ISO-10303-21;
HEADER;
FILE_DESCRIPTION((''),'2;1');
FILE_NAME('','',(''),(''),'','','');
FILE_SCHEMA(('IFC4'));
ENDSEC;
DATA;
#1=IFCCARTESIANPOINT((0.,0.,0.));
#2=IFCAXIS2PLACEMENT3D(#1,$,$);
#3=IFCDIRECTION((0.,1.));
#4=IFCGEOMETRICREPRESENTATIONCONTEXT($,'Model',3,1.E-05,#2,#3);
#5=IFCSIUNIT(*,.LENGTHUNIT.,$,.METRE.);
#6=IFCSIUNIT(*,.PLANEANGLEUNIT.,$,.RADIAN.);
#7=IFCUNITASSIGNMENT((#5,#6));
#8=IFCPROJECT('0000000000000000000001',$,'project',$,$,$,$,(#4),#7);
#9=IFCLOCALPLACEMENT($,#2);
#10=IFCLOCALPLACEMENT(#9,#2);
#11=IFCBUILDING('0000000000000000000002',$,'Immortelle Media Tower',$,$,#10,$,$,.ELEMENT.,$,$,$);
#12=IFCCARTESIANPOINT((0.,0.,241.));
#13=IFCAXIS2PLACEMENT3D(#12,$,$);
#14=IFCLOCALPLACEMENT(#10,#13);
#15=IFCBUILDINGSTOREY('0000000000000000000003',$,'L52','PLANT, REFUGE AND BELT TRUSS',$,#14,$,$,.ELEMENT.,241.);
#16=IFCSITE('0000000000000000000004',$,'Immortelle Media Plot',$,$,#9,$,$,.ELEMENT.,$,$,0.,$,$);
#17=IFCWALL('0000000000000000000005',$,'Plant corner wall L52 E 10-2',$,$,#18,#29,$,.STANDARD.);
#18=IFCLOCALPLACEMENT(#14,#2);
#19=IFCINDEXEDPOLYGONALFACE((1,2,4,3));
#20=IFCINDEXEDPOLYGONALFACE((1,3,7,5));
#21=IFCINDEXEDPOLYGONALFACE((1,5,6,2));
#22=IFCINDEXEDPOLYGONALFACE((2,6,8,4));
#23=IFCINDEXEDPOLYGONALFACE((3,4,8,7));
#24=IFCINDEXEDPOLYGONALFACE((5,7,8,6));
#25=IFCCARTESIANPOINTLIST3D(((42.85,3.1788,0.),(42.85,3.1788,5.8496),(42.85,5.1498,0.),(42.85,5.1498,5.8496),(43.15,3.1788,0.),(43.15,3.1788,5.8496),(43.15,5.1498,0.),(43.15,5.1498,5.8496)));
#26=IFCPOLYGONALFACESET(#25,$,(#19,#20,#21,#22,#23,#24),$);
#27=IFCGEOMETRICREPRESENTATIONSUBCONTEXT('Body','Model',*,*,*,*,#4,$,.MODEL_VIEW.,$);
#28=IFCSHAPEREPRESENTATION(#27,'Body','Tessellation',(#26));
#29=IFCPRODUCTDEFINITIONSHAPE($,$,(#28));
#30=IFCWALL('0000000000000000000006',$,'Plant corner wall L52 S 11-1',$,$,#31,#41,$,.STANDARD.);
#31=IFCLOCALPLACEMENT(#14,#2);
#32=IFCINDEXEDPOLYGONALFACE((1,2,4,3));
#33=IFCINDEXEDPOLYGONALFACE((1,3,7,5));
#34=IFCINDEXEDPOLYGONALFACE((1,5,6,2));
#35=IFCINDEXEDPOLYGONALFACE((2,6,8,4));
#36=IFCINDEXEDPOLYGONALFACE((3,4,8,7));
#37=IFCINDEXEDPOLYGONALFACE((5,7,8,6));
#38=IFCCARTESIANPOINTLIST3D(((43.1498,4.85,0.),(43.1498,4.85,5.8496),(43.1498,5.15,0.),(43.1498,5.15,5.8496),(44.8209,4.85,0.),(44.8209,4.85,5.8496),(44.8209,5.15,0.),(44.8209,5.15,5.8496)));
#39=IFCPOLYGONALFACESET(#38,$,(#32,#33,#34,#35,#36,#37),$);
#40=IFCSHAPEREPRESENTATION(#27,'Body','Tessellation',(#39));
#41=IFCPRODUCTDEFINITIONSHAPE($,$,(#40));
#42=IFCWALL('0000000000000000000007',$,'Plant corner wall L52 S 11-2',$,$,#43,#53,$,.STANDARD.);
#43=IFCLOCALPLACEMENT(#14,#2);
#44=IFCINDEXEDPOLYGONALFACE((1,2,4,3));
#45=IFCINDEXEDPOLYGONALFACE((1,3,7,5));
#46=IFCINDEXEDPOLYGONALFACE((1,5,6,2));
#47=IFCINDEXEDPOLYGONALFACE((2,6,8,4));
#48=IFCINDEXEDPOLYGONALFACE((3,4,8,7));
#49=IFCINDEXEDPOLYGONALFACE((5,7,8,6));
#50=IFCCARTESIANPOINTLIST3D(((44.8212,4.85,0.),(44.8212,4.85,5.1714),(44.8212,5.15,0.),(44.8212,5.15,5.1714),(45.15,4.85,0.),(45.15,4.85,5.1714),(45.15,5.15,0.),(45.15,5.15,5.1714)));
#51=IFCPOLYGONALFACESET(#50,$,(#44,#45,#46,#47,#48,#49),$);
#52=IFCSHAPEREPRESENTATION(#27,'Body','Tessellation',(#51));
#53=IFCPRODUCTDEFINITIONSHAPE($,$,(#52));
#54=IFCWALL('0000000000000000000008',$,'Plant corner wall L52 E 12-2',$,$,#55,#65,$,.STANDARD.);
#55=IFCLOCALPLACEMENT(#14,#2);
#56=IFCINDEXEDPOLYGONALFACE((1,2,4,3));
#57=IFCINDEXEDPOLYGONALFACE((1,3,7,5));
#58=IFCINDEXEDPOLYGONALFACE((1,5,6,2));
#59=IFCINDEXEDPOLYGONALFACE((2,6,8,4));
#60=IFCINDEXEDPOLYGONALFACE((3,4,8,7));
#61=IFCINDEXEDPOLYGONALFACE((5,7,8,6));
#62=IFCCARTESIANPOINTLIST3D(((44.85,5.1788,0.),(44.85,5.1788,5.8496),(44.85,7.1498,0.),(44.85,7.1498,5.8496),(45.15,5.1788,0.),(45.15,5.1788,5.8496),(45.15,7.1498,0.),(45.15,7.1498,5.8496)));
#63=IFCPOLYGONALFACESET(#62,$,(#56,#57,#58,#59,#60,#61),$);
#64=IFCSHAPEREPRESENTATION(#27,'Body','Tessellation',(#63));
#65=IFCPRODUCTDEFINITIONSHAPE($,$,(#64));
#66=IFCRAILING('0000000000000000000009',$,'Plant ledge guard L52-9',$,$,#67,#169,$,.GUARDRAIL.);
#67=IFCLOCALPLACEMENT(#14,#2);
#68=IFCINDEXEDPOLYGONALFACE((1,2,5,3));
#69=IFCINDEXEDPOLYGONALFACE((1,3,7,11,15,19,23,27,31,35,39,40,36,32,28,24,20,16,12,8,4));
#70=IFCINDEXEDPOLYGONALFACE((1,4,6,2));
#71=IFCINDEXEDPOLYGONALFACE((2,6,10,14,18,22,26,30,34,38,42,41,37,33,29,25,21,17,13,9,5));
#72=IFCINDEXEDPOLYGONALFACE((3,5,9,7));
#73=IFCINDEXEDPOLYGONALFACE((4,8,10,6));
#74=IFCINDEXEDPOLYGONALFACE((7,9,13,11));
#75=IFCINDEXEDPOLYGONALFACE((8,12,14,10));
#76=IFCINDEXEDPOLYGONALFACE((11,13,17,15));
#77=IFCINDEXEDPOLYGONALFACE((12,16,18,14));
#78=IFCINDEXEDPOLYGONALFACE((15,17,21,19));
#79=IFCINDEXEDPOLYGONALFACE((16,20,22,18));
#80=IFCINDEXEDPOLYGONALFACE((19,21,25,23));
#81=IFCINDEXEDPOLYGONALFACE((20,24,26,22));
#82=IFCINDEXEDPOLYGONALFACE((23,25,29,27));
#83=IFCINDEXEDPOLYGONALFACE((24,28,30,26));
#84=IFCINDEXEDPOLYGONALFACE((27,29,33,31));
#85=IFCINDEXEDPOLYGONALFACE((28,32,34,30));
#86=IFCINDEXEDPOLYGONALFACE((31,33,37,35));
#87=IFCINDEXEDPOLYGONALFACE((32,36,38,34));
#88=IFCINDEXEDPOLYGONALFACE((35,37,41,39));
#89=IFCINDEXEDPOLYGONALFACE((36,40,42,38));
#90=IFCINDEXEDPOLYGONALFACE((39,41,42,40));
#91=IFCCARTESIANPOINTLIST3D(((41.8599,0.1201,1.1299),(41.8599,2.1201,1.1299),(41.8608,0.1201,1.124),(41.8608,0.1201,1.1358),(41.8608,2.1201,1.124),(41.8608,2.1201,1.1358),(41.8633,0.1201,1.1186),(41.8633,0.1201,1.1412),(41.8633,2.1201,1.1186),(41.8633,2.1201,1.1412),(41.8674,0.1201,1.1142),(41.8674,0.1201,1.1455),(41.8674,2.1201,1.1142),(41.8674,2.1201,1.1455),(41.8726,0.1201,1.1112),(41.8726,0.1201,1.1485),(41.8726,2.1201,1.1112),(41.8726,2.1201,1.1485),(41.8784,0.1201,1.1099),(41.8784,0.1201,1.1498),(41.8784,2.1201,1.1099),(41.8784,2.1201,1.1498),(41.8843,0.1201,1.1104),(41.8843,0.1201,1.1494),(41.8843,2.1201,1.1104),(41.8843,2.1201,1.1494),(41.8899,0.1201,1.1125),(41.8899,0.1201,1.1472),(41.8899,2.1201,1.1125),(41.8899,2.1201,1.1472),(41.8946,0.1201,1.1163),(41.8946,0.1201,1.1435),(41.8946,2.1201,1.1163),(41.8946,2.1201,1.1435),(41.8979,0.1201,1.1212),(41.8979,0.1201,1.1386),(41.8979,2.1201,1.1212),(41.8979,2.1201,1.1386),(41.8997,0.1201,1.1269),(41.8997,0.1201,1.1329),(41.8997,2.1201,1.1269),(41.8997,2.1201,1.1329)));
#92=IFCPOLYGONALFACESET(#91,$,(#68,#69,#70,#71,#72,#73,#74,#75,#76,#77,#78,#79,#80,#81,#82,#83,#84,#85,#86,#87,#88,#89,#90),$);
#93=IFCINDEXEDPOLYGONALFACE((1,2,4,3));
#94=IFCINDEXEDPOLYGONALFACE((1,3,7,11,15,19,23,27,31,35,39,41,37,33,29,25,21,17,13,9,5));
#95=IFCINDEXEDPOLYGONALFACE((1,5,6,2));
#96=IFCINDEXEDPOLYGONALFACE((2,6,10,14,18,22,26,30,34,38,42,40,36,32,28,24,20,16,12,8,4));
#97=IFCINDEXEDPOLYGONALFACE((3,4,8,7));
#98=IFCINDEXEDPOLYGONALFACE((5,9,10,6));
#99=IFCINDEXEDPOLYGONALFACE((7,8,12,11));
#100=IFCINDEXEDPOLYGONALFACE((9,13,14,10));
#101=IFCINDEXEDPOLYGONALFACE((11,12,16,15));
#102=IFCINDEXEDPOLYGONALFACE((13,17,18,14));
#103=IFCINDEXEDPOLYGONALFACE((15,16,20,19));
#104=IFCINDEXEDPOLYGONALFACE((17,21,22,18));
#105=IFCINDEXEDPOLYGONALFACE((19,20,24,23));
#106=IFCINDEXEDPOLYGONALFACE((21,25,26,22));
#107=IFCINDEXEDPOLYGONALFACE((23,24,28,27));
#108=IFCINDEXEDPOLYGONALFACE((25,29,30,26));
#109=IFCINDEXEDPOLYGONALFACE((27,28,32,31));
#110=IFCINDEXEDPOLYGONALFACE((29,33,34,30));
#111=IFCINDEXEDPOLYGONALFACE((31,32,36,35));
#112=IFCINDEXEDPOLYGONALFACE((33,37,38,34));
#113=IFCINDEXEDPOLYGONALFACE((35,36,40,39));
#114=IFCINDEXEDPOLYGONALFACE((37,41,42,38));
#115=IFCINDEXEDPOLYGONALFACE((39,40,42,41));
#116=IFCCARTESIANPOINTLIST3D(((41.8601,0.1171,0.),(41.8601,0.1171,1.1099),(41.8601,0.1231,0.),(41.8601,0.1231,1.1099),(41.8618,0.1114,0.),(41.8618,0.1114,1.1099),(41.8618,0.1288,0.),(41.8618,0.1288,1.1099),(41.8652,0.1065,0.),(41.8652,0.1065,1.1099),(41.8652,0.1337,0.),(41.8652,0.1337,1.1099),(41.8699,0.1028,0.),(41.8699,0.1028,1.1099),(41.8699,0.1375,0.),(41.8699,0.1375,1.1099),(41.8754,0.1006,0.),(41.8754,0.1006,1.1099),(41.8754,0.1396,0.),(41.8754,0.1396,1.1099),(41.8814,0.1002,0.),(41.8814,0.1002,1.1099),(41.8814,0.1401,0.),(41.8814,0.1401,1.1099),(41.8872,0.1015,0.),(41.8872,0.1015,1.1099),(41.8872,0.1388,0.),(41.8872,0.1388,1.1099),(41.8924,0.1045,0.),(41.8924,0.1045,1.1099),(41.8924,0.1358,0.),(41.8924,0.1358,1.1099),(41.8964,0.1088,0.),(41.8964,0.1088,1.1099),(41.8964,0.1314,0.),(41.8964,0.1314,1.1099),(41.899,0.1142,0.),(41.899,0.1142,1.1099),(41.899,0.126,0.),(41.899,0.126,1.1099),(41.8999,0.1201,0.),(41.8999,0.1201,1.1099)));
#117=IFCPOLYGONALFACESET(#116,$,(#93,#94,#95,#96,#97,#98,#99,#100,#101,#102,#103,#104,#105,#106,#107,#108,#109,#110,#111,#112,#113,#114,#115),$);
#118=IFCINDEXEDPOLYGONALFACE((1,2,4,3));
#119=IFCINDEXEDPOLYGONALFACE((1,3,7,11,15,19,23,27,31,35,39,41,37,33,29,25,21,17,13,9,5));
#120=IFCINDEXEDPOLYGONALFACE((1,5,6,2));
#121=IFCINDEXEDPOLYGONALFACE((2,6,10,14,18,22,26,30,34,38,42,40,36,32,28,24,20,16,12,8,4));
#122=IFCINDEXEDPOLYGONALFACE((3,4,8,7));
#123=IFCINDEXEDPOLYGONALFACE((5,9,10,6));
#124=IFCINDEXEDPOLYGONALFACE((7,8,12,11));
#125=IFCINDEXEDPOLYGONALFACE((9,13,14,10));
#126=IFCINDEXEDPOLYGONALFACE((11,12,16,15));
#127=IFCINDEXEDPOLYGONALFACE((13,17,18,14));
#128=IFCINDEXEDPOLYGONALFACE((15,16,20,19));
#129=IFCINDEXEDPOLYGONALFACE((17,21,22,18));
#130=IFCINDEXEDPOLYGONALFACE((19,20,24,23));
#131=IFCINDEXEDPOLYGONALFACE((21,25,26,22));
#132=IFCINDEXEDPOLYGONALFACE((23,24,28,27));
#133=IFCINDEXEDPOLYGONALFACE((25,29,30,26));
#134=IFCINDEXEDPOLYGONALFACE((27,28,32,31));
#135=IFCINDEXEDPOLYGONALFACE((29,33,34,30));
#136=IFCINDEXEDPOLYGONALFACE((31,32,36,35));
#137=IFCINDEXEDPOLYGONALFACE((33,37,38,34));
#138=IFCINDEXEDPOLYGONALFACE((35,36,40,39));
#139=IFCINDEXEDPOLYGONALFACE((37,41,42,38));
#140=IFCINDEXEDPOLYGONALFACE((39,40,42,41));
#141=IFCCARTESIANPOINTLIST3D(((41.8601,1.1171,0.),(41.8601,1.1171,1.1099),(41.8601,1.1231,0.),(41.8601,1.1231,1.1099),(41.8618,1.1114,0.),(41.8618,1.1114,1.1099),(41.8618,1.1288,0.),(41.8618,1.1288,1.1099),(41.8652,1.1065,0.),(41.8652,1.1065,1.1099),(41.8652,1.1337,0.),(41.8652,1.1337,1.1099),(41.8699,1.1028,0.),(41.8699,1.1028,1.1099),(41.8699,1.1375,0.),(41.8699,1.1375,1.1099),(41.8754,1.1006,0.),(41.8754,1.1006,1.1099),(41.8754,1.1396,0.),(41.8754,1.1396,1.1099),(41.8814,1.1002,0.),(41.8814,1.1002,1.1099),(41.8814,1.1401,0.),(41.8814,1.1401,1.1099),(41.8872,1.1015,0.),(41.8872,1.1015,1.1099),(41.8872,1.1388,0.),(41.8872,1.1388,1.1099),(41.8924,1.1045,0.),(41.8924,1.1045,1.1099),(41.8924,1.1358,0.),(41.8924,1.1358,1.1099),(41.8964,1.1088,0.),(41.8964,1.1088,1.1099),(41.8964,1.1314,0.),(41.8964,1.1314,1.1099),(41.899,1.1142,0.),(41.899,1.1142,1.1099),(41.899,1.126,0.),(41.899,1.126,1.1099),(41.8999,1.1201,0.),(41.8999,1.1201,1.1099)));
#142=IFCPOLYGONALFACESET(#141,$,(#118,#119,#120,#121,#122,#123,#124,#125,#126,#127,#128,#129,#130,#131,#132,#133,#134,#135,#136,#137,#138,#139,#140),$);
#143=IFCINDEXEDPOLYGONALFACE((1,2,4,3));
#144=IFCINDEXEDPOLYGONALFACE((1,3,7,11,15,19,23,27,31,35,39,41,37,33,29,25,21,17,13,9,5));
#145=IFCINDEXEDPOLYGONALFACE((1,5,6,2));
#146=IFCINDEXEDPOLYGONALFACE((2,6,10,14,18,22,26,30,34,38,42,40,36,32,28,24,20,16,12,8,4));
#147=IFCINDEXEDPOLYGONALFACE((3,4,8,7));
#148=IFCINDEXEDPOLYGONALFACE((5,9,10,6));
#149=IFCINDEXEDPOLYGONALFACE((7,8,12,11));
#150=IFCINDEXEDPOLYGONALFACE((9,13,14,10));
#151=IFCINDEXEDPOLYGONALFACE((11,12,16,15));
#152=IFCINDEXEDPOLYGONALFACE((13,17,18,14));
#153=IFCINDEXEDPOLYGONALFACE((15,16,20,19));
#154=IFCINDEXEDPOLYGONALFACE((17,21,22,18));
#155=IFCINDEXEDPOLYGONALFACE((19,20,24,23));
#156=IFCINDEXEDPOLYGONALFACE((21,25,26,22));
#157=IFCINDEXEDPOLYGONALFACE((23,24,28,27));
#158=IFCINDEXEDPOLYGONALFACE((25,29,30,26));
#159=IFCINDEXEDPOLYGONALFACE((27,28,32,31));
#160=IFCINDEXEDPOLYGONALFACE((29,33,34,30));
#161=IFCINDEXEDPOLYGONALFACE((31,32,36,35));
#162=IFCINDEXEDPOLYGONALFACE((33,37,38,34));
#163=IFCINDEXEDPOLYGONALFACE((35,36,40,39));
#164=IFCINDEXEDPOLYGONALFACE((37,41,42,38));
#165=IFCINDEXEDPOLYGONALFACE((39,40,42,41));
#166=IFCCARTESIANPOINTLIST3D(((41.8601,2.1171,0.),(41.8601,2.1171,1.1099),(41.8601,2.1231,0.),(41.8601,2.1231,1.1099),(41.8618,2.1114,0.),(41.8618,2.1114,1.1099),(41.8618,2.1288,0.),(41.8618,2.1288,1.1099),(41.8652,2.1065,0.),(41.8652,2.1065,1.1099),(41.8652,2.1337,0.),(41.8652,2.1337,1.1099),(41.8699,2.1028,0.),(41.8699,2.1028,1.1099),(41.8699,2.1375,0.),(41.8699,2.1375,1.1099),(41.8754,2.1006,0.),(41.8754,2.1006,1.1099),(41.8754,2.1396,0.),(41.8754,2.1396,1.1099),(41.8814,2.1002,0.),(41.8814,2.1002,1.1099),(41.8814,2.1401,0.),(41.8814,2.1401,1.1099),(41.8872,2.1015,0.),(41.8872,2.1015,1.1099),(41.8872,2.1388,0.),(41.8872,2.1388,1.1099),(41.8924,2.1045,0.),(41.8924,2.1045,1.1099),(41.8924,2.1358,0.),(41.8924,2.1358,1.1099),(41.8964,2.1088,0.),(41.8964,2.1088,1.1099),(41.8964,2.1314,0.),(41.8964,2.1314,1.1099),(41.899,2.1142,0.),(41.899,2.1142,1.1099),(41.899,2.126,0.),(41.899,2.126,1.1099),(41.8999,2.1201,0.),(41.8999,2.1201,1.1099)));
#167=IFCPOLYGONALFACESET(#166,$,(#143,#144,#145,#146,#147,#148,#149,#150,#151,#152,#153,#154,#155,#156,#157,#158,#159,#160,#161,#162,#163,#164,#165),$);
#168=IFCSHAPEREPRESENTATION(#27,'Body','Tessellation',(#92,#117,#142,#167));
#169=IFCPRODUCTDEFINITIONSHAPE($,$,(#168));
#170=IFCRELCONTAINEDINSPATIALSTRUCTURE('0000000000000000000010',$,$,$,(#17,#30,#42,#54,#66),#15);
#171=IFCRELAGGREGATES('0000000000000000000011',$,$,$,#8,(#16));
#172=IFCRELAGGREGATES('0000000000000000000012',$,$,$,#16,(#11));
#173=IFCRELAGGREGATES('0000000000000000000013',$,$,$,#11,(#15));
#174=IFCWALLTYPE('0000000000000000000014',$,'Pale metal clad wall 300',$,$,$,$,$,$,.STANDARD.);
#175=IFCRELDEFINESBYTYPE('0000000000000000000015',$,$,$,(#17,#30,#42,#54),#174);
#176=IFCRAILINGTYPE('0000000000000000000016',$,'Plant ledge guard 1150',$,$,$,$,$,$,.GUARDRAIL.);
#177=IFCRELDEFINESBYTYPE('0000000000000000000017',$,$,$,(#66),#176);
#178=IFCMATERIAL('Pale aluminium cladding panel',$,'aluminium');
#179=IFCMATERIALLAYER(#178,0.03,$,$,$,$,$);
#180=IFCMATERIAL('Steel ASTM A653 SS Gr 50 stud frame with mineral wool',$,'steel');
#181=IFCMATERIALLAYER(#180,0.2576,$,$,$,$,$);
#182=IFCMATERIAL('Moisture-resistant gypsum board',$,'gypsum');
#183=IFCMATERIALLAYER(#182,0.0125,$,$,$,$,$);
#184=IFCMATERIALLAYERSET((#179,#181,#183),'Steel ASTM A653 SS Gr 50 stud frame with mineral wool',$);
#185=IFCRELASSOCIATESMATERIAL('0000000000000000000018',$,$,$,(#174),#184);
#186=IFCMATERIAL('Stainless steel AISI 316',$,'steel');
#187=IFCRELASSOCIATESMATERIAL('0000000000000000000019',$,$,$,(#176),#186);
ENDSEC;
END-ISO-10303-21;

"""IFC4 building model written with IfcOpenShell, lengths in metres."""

from ifc_helpers import new_model, si_unit, direction, frame, frame_2d, origin, origin_2d, place, context, subcontext, project, spatial, rectangle, circle, extrude, material, layer, layer_set, type_object, element, save


model = new_model("IFC4")

# Units and contexts
model_context = context("Model", 3, precision=1e-05, world=origin(), true_north=direction((0.0, 1.0)))
body_context = subcontext(model_context, "Body", "Model", "MODEL_VIEW")
ifc_project = project(units=[si_unit("LENGTHUNIT", "METRE"), si_unit("PLANEANGLEUNIT", "RADIAN")], contexts=[model_context])

# Site, building, storey
site_placement = place(None, origin())
site = spatial("IfcSite", under=ifc_project, at=site_placement, Name="Immortelle Media Plot", CompositionType="ELEMENT", RefElevation=0.0)
building_placement = place(site_placement, origin())
building = spatial("IfcBuilding", under=site, at=building_placement, Name="Immortelle Media Tower", CompositionType="ELEMENT")
storey_placement = place(building_placement, frame((0.0, 0.0, 241.0)))
storey = spatial("IfcBuildingStorey", under=building, at=storey_placement, Name="L52", Description="PLANT, REFUGE AND BELT TRUSS", CompositionType="ELEMENT", Elevation=241.0)

# Shared definitions
ifc_material_1 = material(Name="Steel ASTM A653 SS Gr 50 stud frame with mineral wool", Category="steel")

# Walls
ifc_material_2 = material(Name="Pale aluminium cladding panel", Category="aluminium")
ifc_layer_1 = layer(ifc_material_2, 0.03)
ifc_layer_2 = layer(ifc_material_1, 0.2576)
ifc_material_3 = material(Name="Moisture-resistant gypsum board", Category="gypsum")
ifc_layer_3 = layer(ifc_material_3, 0.0125)
ifc_layer_set_1 = layer_set([ifc_layer_1, ifc_layer_2, ifc_layer_3], Name="Steel ASTM A653 SS Gr 50 stud frame with mineral wool")
wall_type_1 = type_object("IfcWallType", Name="Pale metal clad wall 300", PredefinedType="STANDARD", material=ifc_layer_set_1)
wall_1_placement = place(storey_placement, frame((43.0, 3.179, 0.0), z_axis=(0.0, 0.0, 1.0), x_axis=(0.0, 1.0, 0.0)))
element("IfcWall", 1, at=wall_1_placement, inside=storey, type_object=wall_type_1, Name="Plant corner wall L52 E 10-2", PredefinedType="STANDARD", context=body_context, shape_type="SweptSolid", body=[
    extrude(rectangle(XDim=1.9709, YDim=0.3, at=frame_2d((0.9854, 0.0))), origin(), (0.0, 0.0, 1.0), 5.8496),
])
wall_2_placement = place(storey_placement, frame((43.1499, 5.0, 0.0), z_axis=(0.0, 0.0, 1.0), x_axis=(1.0, 0.0, 0.0)))
element("IfcWall", 2, at=wall_2_placement, inside=storey, type_object=wall_type_1, Name="Plant corner wall L52 S 11-1", PredefinedType="STANDARD", context=body_context, shape_type="SweptSolid", body=[
    extrude(rectangle(XDim=1.6711, YDim=0.3, at=frame_2d((0.8354, 0.0))), origin(), (0.0, 0.0, 1.0), 5.8496),
])
wall_3_placement = place(storey_placement, frame((44.821, 5.0, 0.0), z_axis=(0.0, 0.0, 1.0), x_axis=(1.0, 0.0, 0.0)))
element("IfcWall", 3, at=wall_3_placement, inside=storey, type_object=wall_type_1, Name="Plant corner wall L52 S 11-2", PredefinedType="STANDARD", context=body_context, shape_type="SweptSolid", body=[
    extrude(rectangle(XDim=0.3289, YDim=0.3, at=frame_2d((0.1646, 0.0))), origin(), (0.0, 0.0, 1.0), 5.1714),
])
wall_4_placement = place(storey_placement, frame((45.0, 5.179, 0.0), z_axis=(0.0, 0.0, 1.0), x_axis=(0.0, 1.0, 0.0)))
element("IfcWall", 4, at=wall_4_placement, inside=storey, type_object=wall_type_1, Name="Plant corner wall L52 E 12-2", PredefinedType="STANDARD", context=body_context, shape_type="SweptSolid", body=[
    extrude(rectangle(XDim=1.9709, YDim=0.3, at=frame_2d((0.9854, 0.0))), origin(), (0.0, 0.0, 1.0), 5.8496),
])

# Railing
ifc_material_4 = material(Name="Stainless steel AISI 316", Category="steel")
railing_type = type_object("IfcRailingType", Name="Plant ledge guard 1150", PredefinedType="GUARDRAIL", material=ifc_material_4)
railing_1_placement = place(storey_placement, frame((41.8799, 0.1201, 0.0)))
element("IfcRailing", 5, at=railing_1_placement, inside=storey, type_object=railing_type, Name="Plant ledge guard L52-9", PredefinedType="GUARDRAIL", context=body_context, shape_type="SweptSolid", body=[
    extrude(circle(Radius=0.02, at=origin_2d()), frame((0.0, 0.0, 1.1299), z_axis=(0.0, 1.0, 0.0), x_axis=(-1.0, 0.0, 0.0)), (0.0, 0.0, 1.0), 2.0),
    extrude(circle(Radius=0.02, at=origin_2d()), origin(), (0.0, 0.0, 1.0), 1.1099),
    extrude(circle(Radius=0.02, at=origin_2d()), frame((0.0, 1.0, 0.0)), (0.0, 0.0, 1.0), 1.1099),
    extrude(circle(Radius=0.02, at=origin_2d()), frame((0.0, 2.0, 0.0)), (0.0, 0.0, 1.0), 1.1099),
])

save(model, "model.ifc")
